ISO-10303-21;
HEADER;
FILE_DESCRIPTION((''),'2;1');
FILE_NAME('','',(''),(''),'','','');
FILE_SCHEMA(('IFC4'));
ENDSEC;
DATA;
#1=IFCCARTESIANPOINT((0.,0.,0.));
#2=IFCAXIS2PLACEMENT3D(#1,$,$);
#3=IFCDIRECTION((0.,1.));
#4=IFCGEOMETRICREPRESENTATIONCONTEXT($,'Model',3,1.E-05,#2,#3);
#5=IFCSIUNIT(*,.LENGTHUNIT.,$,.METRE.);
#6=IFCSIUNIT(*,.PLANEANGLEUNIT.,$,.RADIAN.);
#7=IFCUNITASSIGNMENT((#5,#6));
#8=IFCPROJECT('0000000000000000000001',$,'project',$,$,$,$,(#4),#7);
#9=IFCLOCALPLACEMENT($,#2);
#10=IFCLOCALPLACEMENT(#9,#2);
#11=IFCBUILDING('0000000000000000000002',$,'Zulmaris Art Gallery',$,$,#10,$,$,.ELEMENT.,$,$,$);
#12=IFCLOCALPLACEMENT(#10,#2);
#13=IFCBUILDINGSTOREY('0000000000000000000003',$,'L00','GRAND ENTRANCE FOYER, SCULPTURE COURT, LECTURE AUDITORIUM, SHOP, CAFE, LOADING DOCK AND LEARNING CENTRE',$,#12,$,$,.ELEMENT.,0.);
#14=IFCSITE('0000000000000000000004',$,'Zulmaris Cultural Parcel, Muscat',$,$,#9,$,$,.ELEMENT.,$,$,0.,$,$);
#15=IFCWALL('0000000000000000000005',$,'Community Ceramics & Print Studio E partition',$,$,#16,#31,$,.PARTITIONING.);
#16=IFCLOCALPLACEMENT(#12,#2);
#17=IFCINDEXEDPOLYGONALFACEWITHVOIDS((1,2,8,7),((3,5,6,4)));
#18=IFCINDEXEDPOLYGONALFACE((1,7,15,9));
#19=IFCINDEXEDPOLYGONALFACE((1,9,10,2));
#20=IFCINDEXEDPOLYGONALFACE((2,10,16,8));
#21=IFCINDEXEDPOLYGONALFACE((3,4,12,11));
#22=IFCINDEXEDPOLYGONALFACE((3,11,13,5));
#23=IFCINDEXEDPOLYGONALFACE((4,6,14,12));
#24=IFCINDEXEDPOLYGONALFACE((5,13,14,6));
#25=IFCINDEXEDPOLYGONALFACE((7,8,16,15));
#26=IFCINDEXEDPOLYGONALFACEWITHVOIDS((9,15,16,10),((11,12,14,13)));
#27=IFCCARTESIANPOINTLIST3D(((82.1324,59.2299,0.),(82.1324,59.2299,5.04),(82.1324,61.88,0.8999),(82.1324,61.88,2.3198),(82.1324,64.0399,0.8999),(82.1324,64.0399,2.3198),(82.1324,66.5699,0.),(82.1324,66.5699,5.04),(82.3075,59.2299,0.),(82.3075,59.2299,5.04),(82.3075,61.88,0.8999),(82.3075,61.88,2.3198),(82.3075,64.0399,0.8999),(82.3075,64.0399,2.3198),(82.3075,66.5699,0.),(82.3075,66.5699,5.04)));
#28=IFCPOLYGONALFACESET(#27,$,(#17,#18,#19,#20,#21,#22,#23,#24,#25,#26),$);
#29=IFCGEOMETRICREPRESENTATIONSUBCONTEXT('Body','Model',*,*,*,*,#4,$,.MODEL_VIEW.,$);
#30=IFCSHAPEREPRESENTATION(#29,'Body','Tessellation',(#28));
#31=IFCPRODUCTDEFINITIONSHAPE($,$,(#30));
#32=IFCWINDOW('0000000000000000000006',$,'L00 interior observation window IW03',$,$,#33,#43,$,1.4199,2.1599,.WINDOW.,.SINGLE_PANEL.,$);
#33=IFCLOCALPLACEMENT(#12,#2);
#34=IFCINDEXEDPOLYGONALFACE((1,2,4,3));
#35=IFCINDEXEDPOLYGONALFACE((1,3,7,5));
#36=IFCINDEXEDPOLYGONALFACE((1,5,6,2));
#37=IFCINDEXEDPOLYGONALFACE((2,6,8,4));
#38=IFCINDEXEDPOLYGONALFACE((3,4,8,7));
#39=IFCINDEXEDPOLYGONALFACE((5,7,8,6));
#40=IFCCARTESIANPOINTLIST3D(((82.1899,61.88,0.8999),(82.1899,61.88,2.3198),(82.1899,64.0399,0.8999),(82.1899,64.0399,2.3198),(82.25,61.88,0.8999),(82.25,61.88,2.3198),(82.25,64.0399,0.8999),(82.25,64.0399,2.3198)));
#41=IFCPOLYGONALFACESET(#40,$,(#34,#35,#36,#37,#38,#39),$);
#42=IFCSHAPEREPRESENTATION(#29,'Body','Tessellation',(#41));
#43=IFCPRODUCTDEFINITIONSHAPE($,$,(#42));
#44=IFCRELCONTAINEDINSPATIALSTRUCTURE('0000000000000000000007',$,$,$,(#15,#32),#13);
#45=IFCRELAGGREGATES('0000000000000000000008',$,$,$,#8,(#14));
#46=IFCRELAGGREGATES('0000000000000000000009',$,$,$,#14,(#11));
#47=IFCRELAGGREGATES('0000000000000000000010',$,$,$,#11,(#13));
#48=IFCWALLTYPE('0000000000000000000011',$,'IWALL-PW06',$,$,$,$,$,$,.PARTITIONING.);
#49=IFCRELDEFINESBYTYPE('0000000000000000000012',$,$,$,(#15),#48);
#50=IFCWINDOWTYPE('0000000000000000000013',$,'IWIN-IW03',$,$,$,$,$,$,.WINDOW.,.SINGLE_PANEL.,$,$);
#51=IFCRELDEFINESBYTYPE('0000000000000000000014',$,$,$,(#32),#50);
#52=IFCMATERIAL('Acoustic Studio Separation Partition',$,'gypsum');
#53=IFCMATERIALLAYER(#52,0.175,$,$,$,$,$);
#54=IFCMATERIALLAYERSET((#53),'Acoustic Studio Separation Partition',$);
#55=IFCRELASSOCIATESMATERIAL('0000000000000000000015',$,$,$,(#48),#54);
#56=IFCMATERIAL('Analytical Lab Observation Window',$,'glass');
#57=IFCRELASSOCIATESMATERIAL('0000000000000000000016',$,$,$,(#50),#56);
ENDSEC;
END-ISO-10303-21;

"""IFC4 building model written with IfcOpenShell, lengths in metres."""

from ifc_helpers import new_model, si_unit, direction, frame, frame_2d, origin, place, context, subcontext, project, spatial, rectangle, extrude, material, layer, layer_set, type_object, element, fill, save


model = new_model("IFC4")

# Units and contexts
model_context = context("Model", 3, precision=1e-05, world=origin(), true_north=direction((0.0, 1.0)))
body_context = subcontext(model_context, "Body", "Model", "MODEL_VIEW")
ifc_project = project(units=[si_unit("LENGTHUNIT", "METRE"), si_unit("PLANEANGLEUNIT", "RADIAN")], contexts=[model_context])

# Site, building, storey
site_placement = place(None, origin())
site = spatial("IfcSite", under=ifc_project, at=site_placement, Name="Zulmaris Cultural Parcel, Muscat", CompositionType="ELEMENT", RefElevation=0.0)
building_placement = place(site_placement, origin())
building = spatial("IfcBuilding", under=site, at=building_placement, Name="Zulmaris Art Gallery", CompositionType="ELEMENT")
storey_placement = place(building_placement, origin())
storey = spatial("IfcBuildingStorey", under=building, at=storey_placement, Name="L00", Description="GRAND ENTRANCE FOYER, SCULPTURE COURT, LECTURE AUDITORIUM, SHOP, CAFE, LOADING DOCK AND LEARNING CENTRE", CompositionType="ELEMENT", Elevation=0.0)

# Wall, opening, window
ifc_material_1 = material(Name="Acoustic Studio Separation Partition", Category="gypsum")
ifc_layer_1 = layer(ifc_material_1, 0.175)
ifc_layer_set_1 = layer_set([ifc_layer_1], Name="Acoustic Studio Separation Partition")
wall_type_1 = type_object("IfcWallType", Name="IWALL-PW06", PredefinedType="PARTITIONING", material=ifc_layer_set_1)
wall_1_placement = place(storey_placement, frame((82.22, 59.23, 0.0), z_axis=(0.0, 0.0, 1.0), x_axis=(0.0, 1.0, 0.0)))
wall_1 = element("IfcWall", 1, at=wall_1_placement, inside=storey, type_object=wall_type_1, Name="Community Ceramics & Print Studio E partition", PredefinedType="PARTITIONING", context=body_context, shape_type="SweptSolid", body=[
    extrude(rectangle(XDim=7.3401, YDim=0.175, at=frame_2d((3.6699, 0.0))), origin(), (0.0, 0.0, 1.0), 5.04),
])
opening_1_placement = place(wall_1_placement, frame((2.6499, 0.0, 0.8999)))
opening_1 = element("IfcOpeningElement", 2, at=opening_1_placement, cuts=wall_1, PredefinedType="OPENING", context=body_context, shape_type="SweptSolid", body=[
    extrude(rectangle(XDim=2.1599, YDim=1.4199, at=frame_2d((1.0801, 0.71))), frame((0.0, 0.0974, 0.0), z_axis=(0.0, -1.0, 0.0), x_axis=(1.0, 0.0, 0.0)), (0.0, 0.0, 1.0), 0.1951),
])
ifc_material_2 = material(Name="Analytical Lab Observation Window", Category="glass")
window_type_1 = type_object("IfcWindowType", Name="IWIN-IW03", PartitioningType="SINGLE_PANEL", PredefinedType="WINDOW", material=ifc_material_2)
window_1_placement = place(opening_1_placement, origin())
window_1 = element("IfcWindow", 3, at=window_1_placement, inside=storey, type_object=window_type_1, Name="L00 interior observation window IW03", OverallHeight=1.4199, OverallWidth=2.1599, PartitioningType="SINGLE_PANEL", PredefinedType="WINDOW", context=body_context, shape_type="SweptSolid", body=[
    extrude(rectangle(XDim=2.1599, YDim=1.4199, at=frame_2d((1.0801, 0.71))), frame((0.0, 0.03, 0.0), z_axis=(0.0, -1.0, 0.0), x_axis=(1.0, 0.0, 0.0)), (0.0, 0.0, 1.0), 0.0601),
])
fill(opening_1, window_1)

save(model, "model.ifc")
